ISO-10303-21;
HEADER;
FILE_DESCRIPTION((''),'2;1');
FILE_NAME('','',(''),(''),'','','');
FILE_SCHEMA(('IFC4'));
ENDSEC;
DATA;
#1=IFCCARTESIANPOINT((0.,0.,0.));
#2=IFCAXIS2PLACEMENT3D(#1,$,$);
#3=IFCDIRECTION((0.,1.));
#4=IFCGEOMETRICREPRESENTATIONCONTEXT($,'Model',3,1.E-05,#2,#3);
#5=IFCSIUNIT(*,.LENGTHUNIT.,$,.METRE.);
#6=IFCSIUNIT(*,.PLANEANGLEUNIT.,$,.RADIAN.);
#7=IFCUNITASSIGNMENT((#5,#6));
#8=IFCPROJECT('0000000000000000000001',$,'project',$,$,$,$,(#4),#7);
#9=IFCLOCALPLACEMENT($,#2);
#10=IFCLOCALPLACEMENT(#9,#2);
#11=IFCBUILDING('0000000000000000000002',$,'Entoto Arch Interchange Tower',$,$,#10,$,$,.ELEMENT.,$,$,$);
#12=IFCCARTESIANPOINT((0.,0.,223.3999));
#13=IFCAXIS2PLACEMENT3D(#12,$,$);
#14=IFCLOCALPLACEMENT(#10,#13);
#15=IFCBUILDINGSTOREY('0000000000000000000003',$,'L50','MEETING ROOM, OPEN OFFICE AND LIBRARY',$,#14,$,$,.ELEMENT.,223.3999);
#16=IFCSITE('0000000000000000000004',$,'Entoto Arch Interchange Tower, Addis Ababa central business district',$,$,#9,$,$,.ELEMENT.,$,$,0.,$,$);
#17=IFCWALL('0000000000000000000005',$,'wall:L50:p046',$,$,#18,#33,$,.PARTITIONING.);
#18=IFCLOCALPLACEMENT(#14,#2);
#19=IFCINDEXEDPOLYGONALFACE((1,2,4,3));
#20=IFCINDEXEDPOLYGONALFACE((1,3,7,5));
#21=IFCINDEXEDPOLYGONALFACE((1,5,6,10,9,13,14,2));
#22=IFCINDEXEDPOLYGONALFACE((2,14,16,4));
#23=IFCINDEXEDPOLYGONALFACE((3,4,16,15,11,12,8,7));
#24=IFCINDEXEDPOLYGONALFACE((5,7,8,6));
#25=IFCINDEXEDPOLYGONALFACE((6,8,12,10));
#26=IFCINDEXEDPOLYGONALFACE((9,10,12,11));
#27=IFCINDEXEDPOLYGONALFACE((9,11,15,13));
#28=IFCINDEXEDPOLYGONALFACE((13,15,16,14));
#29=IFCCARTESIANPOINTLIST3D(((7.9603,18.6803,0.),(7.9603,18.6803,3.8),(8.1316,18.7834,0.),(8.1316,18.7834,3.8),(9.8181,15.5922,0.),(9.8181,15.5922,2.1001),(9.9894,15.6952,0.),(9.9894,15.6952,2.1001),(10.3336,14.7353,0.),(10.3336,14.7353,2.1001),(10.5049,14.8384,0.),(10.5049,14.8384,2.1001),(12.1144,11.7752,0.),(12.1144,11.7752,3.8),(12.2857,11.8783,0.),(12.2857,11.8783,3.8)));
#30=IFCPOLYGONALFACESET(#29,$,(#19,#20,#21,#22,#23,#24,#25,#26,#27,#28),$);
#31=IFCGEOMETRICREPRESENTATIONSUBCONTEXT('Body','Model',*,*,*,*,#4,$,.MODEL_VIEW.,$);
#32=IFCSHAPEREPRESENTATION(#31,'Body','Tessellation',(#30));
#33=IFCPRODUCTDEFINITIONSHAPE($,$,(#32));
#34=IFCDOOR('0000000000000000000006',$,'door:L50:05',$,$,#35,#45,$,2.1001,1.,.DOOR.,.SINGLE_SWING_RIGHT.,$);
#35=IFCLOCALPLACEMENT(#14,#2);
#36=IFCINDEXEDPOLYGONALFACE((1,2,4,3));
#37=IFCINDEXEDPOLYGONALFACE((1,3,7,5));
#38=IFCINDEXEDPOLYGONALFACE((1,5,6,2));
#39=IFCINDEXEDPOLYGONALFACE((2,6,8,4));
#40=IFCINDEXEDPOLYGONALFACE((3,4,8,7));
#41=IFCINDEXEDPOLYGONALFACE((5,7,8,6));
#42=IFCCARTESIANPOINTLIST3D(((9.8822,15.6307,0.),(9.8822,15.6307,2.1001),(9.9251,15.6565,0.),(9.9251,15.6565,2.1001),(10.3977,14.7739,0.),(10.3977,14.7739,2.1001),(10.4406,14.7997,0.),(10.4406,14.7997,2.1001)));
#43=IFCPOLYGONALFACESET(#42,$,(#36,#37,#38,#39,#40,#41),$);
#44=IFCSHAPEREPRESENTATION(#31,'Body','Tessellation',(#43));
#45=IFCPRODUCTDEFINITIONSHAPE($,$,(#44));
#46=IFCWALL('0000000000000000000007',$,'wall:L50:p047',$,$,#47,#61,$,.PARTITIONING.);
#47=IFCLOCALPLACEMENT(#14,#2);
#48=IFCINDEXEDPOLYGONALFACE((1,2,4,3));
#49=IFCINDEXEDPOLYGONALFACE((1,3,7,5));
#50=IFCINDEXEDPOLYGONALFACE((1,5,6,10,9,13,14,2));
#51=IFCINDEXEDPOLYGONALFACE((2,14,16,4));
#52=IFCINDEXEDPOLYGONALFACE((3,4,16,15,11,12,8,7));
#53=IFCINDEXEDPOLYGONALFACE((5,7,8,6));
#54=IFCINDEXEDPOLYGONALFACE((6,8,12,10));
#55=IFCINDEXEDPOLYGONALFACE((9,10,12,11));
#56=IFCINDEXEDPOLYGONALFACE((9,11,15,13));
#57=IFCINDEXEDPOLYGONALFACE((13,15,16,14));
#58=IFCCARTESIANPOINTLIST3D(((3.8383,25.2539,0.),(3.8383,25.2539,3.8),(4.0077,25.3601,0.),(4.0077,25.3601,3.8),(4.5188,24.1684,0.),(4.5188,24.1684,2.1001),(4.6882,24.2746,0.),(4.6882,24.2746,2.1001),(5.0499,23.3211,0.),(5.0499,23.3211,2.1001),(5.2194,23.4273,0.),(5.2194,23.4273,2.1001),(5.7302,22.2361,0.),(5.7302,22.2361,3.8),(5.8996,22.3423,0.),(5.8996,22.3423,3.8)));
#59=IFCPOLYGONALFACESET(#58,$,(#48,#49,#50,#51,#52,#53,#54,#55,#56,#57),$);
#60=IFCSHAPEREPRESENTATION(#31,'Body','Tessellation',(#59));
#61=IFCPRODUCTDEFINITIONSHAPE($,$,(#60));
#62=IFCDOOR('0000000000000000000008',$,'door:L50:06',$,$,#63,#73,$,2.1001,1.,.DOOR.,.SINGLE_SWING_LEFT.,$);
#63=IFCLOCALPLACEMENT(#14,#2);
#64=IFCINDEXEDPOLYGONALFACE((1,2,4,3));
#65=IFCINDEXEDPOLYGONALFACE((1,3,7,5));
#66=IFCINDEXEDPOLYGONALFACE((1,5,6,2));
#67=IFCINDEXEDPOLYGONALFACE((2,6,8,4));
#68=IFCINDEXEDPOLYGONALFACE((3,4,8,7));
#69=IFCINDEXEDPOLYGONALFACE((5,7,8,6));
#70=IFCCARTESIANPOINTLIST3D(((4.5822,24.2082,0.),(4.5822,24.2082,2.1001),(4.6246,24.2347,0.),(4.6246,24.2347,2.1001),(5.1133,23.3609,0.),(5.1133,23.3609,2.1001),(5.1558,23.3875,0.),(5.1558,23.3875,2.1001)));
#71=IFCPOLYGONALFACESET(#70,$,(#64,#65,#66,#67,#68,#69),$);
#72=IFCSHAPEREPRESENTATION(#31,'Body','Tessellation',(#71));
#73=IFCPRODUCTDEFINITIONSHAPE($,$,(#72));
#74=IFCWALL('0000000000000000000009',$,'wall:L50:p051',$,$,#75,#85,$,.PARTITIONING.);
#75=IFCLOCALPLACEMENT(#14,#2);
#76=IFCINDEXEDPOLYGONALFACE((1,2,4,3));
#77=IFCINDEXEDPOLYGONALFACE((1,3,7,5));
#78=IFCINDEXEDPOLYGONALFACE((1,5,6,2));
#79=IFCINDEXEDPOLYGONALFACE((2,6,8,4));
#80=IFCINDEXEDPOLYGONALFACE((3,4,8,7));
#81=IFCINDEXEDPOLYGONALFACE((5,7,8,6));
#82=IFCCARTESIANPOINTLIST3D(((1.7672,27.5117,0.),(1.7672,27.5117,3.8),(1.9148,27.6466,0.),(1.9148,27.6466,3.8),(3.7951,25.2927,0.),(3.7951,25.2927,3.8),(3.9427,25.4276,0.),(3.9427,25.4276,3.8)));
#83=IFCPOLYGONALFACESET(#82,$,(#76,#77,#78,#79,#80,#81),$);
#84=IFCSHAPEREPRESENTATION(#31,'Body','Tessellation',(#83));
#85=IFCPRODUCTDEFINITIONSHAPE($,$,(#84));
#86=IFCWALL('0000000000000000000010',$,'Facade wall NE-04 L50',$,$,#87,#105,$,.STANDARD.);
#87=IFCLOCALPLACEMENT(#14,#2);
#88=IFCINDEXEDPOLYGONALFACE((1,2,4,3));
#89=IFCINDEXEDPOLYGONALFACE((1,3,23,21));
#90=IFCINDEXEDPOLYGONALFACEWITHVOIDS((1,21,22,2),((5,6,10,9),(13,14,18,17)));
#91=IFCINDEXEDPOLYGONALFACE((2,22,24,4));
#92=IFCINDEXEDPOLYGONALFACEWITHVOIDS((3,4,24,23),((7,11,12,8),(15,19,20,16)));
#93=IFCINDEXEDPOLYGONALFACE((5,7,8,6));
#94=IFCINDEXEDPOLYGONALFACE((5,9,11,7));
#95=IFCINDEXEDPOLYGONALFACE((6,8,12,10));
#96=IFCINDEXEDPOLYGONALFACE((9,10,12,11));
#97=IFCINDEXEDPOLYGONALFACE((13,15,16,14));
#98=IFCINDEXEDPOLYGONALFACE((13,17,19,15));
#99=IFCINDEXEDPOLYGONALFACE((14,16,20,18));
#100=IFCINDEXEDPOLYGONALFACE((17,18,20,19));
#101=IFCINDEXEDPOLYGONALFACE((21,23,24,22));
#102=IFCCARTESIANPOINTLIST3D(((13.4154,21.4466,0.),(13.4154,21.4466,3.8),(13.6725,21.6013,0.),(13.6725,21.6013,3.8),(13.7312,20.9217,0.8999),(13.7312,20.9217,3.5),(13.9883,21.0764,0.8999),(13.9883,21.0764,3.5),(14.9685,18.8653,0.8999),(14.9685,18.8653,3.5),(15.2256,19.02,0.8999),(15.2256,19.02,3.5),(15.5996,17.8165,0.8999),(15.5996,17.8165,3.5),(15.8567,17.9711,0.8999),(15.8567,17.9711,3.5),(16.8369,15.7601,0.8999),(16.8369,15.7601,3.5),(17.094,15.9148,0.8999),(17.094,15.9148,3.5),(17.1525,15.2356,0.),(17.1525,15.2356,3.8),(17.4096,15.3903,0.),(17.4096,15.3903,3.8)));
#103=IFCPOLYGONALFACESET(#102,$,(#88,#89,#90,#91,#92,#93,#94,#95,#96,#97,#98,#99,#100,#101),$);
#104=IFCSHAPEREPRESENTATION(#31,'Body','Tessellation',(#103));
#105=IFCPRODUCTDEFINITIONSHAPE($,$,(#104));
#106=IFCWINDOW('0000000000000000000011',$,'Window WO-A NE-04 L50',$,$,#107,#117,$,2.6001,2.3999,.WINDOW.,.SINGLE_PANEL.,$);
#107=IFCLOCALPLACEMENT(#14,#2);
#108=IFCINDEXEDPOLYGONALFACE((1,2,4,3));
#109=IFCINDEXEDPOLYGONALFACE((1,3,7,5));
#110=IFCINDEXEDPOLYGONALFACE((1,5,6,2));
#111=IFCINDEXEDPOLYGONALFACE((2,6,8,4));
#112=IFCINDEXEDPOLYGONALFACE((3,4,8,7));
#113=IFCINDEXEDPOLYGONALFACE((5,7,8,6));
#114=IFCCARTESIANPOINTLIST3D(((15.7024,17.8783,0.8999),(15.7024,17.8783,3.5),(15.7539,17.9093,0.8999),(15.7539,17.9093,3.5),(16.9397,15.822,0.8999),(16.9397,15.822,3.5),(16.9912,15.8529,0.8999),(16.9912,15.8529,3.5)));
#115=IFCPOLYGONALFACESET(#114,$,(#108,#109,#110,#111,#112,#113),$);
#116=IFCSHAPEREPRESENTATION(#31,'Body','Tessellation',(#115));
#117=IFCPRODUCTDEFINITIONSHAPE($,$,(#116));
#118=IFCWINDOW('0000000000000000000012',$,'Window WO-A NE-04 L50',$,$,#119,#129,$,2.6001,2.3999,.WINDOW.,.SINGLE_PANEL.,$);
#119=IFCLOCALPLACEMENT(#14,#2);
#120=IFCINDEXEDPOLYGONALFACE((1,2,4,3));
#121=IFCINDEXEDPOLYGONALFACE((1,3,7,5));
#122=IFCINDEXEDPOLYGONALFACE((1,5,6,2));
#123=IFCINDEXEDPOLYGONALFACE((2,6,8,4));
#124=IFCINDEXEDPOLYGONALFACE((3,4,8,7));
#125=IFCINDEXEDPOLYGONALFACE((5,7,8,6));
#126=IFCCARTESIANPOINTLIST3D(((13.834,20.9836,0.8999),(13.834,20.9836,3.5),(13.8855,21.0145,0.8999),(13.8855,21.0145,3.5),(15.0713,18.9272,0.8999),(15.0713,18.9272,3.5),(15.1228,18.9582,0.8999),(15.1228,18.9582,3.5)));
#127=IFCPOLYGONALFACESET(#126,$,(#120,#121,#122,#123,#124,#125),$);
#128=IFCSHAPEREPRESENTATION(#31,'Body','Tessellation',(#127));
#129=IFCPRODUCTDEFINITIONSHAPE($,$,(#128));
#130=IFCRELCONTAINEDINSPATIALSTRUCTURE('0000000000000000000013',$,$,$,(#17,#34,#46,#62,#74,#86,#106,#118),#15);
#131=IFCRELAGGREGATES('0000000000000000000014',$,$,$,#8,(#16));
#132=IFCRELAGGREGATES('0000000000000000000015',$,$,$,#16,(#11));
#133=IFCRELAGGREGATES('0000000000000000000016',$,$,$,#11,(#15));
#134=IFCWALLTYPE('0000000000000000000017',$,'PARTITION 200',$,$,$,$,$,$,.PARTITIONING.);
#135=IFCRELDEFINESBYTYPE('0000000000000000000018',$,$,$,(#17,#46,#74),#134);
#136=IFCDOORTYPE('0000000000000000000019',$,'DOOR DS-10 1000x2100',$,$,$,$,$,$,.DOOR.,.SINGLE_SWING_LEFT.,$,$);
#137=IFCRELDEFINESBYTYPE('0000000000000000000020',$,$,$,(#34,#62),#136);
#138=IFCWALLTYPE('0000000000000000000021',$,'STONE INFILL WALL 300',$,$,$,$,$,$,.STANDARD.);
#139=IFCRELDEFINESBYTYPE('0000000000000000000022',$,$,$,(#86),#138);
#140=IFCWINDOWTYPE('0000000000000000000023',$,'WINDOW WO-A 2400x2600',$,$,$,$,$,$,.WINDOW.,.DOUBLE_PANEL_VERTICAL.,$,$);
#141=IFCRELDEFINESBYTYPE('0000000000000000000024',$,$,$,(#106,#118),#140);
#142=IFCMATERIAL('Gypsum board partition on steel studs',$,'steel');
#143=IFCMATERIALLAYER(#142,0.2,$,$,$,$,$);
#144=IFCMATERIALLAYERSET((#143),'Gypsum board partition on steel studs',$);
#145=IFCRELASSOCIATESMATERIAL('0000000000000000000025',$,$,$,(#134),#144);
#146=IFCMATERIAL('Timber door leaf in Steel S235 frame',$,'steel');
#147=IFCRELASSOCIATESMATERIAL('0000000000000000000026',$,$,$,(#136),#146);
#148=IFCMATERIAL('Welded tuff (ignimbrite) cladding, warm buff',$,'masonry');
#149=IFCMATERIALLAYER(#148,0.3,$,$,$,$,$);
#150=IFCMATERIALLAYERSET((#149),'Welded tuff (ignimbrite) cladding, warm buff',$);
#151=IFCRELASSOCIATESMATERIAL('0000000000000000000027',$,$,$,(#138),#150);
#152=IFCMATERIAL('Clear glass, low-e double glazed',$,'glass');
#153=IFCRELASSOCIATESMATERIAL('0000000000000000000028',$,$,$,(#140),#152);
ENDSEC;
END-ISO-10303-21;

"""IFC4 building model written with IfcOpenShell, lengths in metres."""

from ifc_helpers import new_model, si_unit, direction, frame, frame_2d, origin, place, context, subcontext, project, spatial, rectangle, extrude, material, layer, layer_set, type_object, element, fill, save


model = new_model("IFC4")

# Units and contexts
model_context = context("Model", 3, precision=1e-05, world=origin(), true_north=direction((0.0, 1.0)))
body_context = subcontext(model_context, "Body", "Model", "MODEL_VIEW")
ifc_project = project(units=[si_unit("LENGTHUNIT", "METRE"), si_unit("PLANEANGLEUNIT", "RADIAN")], contexts=[model_context])

# Site, building, storey
site_placement = place(None, origin())
site = spatial("IfcSite", under=ifc_project, at=site_placement, Name="Entoto Arch Interchange Tower, Addis Ababa central business district", CompositionType="ELEMENT", RefElevation=0.0)
building_placement = place(site_placement, origin())
building = spatial("IfcBuilding", under=site, at=building_placement, Name="Entoto Arch Interchange Tower", CompositionType="ELEMENT")
storey_placement = place(building_placement, frame((0.0, 0.0, 223.3999)))
storey = spatial("IfcBuildingStorey", under=building, at=storey_placement, Name="L50", Description="MEETING ROOM, OPEN OFFICE AND LIBRARY", CompositionType="ELEMENT", Elevation=223.3999)

# Shared definitions
ifc_material_1 = material(Name="Gypsum board partition on steel studs", Category="steel")
ifc_layer_1 = layer(ifc_material_1, 0.2)
ifc_layer_set_1 = layer_set([ifc_layer_1], Name="Gypsum board partition on steel studs")
wall_type_1 = type_object("IfcWallType", Name="PARTITION 200", PredefinedType="PARTITIONING", material=ifc_layer_set_1)

# Shared definitions
ifc_material_2 = material(Name="Timber door leaf in Steel S235 frame", Category="steel")

# Walls, openings, doors
wall_1_placement = place(storey_placement, frame((8.0459, 18.7319, 0.0), z_axis=(0.0, 0.0, 1.0), x_axis=(0.515502, -0.856888, 0.0)))
wall_1 = element("IfcWall", 1, at=wall_1_placement, inside=storey, type_object=wall_type_1, Name="wall:L50:p046", PredefinedType="PARTITIONING", context=body_context, shape_type="SweptSolid", body=[
    extrude(rectangle(XDim=8.0583, YDim=0.2, at=frame_2d((4.0293, 0.0))), origin(), (0.0, 0.0, 1.0), 3.8),
])
opening_1_placement = place(wall_1_placement, frame((3.604, 0.0, 0.0)))
opening_1 = element("IfcOpeningElement", 2, at=opening_1_placement, cuts=wall_1, PredefinedType="OPENING", context=body_context, shape_type="SweptSolid", body=[
    extrude(rectangle(XDim=1.0, YDim=2.1001, at=frame_2d((0.5, 1.05))), frame((0.0, 0.1099, 0.0), z_axis=(0.0, -1.0, 0.0), x_axis=(1.0, 0.0, 0.0)), (0.0, 0.0, 1.0), 0.22),
])
door_type_1 = type_object("IfcDoorType", Name="DOOR DS-10 1000x2100", OperationType="SINGLE_SWING_LEFT", PredefinedType="DOOR", material=ifc_material_2)
door_1_placement = place(opening_1_placement, origin())
door_1 = element("IfcDoor", 3, at=door_1_placement, inside=storey, type_object=door_type_1, Name="door:L50:05", OperationType="SINGLE_SWING_RIGHT", OverallHeight=2.1001, OverallWidth=1.0, PredefinedType="DOOR", context=body_context, shape_type="SweptSolid", body=[
    extrude(rectangle(XDim=1.0, YDim=2.1001, at=frame_2d((0.5, 1.05))), frame((0.0, 0.0249, 0.0), z_axis=(0.0, -1.0, 0.0), x_axis=(1.0, 0.0, 0.0)), (0.0, 0.0, 1.0), 0.05),
])
fill(opening_1, door_1)
wall_2_placement = place(storey_placement, frame((3.9231, 25.3069, 0.0), z_axis=(0.0, 0.0, 1.0), x_axis=(0.531151, -0.847277, 0.0)))
wall_2 = element("IfcWall", 4, at=wall_2_placement, inside=storey, type_object=wall_type_1, Name="wall:L50:p047", PredefinedType="PARTITIONING", context=body_context, shape_type="SweptSolid", body=[
    extrude(rectangle(XDim=3.5618, YDim=0.2, at=frame_2d((1.7808, 0.0))), origin(), (0.0, 0.0, 1.0), 3.8),
])
opening_2_placement = place(wall_2_placement, frame((1.281, 0.0, 0.0)))
opening_2 = element("IfcOpeningElement", 5, at=opening_2_placement, cuts=wall_2, PredefinedType="OPENING", context=body_context, shape_type="SweptSolid", body=[
    extrude(rectangle(XDim=1.0, YDim=2.1001, at=frame_2d((0.5, 1.05))), frame((0.0, 0.1099, 0.0), z_axis=(0.0, -1.0, 0.0), x_axis=(1.0, 0.0, 0.0)), (0.0, 0.0, 1.0), 0.22),
])
door_2_placement = place(opening_2_placement, origin())
door_2 = element("IfcDoor", 6, at=door_2_placement, inside=storey, type_object=door_type_1, Name="door:L50:06", OperationType="SINGLE_SWING_LEFT", OverallHeight=2.1001, OverallWidth=1.0, PredefinedType="DOOR", context=body_context, shape_type="SweptSolid", body=[
    extrude(rectangle(XDim=1.0, YDim=2.1001, at=frame_2d((0.5, 1.05))), frame((0.0, 0.0249, 0.0), z_axis=(0.0, -1.0, 0.0), x_axis=(1.0, 0.0, 0.0)), (0.0, 0.0, 1.0), 0.05),
])
fill(opening_2, door_2)

# Wall
wall_3_placement = place(storey_placement, frame((1.8411, 27.5791, 0.0), z_axis=(0.0, 0.0, 1.0), x_axis=(0.674595, -0.738188, 0.0)))
element("IfcWall", 7, at=wall_3_placement, inside=storey, type_object=wall_type_1, Name="wall:L50:p051", PredefinedType="PARTITIONING", context=body_context, shape_type="SweptSolid", body=[
    extrude(rectangle(XDim=3.0061, YDim=0.2, at=frame_2d((1.5029, 0.0))), origin(), (0.0, 0.0, 1.0), 3.8),
])

# Wall, openings, windows
ifc_material_3 = material(Name="Welded tuff (ignimbrite) cladding, warm buff", Category="masonry")
ifc_layer_2 = layer(ifc_material_3, 0.3)
ifc_layer_set_2 = layer_set([ifc_layer_2], Name="Welded tuff (ignimbrite) cladding, warm buff")
wall_type_2 = type_object("IfcWallType", Name="STONE INFILL WALL 300", PredefinedType="STANDARD", material=ifc_layer_set_2)
wall_4_placement = place(storey_placement, frame((17.281, 15.313, 0.0), z_axis=(0.0, 0.0, 1.0), x_axis=(-0.51556, 0.856853, 0.0)))
wall_4 = element("IfcWall", 8, at=wall_4_placement, inside=storey, type_object=wall_type_2, Name="Facade wall NE-04 L50", PredefinedType="STANDARD", context=body_context, shape_type="SweptSolid", body=[
    extrude(rectangle(XDim=7.2485, YDim=0.3, at=frame_2d((3.6243, 0.0))), origin(), (0.0, 0.0, 1.0), 3.8),
])
opening_3_placement = place(wall_4_placement, frame((0.6121, 0.0, 0.8999)))
opening_3 = element("IfcOpeningElement", 9, at=opening_3_placement, cuts=wall_4, PredefinedType="OPENING", context=body_context, shape_type="SweptSolid", body=[
    extrude(rectangle(XDim=2.3999, YDim=2.6001, at=frame_2d((1.2, 1.3))), frame((0.0, 0.1602, 0.0), z_axis=(0.0, -1.0, 0.0), x_axis=(1.0, 0.0, 0.0)), (0.0, 0.0, 1.0), 0.3201),
])
opening_4_placement = place(wall_4_placement, frame((4.2361, 0.0, 0.8999)))
opening_4 = element("IfcOpeningElement", 10, at=opening_4_placement, cuts=wall_4, PredefinedType="OPENING", context=body_context, shape_type="SweptSolid", body=[
    extrude(rectangle(XDim=2.3999, YDim=2.6001, at=frame_2d((1.2, 1.3))), frame((0.0, 0.1602, 0.0), z_axis=(0.0, -1.0, 0.0), x_axis=(1.0, 0.0, 0.0)), (0.0, 0.0, 1.0), 0.3201),
])
ifc_material_4 = material(Name="Clear glass, low-e double glazed", Category="glass")
window_type_1 = type_object("IfcWindowType", Name="WINDOW WO-A 2400x2600", PartitioningType="DOUBLE_PANEL_VERTICAL", PredefinedType="WINDOW", material=ifc_material_4)
window_1_placement = place(opening_3_placement, origin())
window_1 = element("IfcWindow", 11, at=window_1_placement, inside=storey, type_object=window_type_1, Name="Window WO-A NE-04 L50", OverallHeight=2.6001, OverallWidth=2.3999, PartitioningType="SINGLE_PANEL", PredefinedType="WINDOW", context=body_context, shape_type="SweptSolid", body=[
    extrude(rectangle(XDim=2.3999, YDim=2.6001, at=frame_2d((1.2, 1.3))), frame((0.0, 0.03, 0.0), z_axis=(0.0, -1.0, 0.0), x_axis=(1.0, 0.0, 0.0)), (0.0, 0.0, 1.0), 0.0601),
])
fill(opening_3, window_1)
window_2_placement = place(opening_4_placement, origin())
window_2 = element("IfcWindow", 12, at=window_2_placement, inside=storey, type_object=window_type_1, Name="Window WO-A NE-04 L50", OverallHeight=2.6001, OverallWidth=2.3999, PartitioningType="SINGLE_PANEL", PredefinedType="WINDOW", context=body_context, shape_type="SweptSolid", body=[
    extrude(rectangle(XDim=2.3999, YDim=2.6001, at=frame_2d((1.2, 1.3))), frame((0.0, 0.03, 0.0), z_axis=(0.0, -1.0, 0.0), x_axis=(1.0, 0.0, 0.0)), (0.0, 0.0, 1.0), 0.0601),
])
fill(opening_4, window_2)

save(model, "model.ifc")
